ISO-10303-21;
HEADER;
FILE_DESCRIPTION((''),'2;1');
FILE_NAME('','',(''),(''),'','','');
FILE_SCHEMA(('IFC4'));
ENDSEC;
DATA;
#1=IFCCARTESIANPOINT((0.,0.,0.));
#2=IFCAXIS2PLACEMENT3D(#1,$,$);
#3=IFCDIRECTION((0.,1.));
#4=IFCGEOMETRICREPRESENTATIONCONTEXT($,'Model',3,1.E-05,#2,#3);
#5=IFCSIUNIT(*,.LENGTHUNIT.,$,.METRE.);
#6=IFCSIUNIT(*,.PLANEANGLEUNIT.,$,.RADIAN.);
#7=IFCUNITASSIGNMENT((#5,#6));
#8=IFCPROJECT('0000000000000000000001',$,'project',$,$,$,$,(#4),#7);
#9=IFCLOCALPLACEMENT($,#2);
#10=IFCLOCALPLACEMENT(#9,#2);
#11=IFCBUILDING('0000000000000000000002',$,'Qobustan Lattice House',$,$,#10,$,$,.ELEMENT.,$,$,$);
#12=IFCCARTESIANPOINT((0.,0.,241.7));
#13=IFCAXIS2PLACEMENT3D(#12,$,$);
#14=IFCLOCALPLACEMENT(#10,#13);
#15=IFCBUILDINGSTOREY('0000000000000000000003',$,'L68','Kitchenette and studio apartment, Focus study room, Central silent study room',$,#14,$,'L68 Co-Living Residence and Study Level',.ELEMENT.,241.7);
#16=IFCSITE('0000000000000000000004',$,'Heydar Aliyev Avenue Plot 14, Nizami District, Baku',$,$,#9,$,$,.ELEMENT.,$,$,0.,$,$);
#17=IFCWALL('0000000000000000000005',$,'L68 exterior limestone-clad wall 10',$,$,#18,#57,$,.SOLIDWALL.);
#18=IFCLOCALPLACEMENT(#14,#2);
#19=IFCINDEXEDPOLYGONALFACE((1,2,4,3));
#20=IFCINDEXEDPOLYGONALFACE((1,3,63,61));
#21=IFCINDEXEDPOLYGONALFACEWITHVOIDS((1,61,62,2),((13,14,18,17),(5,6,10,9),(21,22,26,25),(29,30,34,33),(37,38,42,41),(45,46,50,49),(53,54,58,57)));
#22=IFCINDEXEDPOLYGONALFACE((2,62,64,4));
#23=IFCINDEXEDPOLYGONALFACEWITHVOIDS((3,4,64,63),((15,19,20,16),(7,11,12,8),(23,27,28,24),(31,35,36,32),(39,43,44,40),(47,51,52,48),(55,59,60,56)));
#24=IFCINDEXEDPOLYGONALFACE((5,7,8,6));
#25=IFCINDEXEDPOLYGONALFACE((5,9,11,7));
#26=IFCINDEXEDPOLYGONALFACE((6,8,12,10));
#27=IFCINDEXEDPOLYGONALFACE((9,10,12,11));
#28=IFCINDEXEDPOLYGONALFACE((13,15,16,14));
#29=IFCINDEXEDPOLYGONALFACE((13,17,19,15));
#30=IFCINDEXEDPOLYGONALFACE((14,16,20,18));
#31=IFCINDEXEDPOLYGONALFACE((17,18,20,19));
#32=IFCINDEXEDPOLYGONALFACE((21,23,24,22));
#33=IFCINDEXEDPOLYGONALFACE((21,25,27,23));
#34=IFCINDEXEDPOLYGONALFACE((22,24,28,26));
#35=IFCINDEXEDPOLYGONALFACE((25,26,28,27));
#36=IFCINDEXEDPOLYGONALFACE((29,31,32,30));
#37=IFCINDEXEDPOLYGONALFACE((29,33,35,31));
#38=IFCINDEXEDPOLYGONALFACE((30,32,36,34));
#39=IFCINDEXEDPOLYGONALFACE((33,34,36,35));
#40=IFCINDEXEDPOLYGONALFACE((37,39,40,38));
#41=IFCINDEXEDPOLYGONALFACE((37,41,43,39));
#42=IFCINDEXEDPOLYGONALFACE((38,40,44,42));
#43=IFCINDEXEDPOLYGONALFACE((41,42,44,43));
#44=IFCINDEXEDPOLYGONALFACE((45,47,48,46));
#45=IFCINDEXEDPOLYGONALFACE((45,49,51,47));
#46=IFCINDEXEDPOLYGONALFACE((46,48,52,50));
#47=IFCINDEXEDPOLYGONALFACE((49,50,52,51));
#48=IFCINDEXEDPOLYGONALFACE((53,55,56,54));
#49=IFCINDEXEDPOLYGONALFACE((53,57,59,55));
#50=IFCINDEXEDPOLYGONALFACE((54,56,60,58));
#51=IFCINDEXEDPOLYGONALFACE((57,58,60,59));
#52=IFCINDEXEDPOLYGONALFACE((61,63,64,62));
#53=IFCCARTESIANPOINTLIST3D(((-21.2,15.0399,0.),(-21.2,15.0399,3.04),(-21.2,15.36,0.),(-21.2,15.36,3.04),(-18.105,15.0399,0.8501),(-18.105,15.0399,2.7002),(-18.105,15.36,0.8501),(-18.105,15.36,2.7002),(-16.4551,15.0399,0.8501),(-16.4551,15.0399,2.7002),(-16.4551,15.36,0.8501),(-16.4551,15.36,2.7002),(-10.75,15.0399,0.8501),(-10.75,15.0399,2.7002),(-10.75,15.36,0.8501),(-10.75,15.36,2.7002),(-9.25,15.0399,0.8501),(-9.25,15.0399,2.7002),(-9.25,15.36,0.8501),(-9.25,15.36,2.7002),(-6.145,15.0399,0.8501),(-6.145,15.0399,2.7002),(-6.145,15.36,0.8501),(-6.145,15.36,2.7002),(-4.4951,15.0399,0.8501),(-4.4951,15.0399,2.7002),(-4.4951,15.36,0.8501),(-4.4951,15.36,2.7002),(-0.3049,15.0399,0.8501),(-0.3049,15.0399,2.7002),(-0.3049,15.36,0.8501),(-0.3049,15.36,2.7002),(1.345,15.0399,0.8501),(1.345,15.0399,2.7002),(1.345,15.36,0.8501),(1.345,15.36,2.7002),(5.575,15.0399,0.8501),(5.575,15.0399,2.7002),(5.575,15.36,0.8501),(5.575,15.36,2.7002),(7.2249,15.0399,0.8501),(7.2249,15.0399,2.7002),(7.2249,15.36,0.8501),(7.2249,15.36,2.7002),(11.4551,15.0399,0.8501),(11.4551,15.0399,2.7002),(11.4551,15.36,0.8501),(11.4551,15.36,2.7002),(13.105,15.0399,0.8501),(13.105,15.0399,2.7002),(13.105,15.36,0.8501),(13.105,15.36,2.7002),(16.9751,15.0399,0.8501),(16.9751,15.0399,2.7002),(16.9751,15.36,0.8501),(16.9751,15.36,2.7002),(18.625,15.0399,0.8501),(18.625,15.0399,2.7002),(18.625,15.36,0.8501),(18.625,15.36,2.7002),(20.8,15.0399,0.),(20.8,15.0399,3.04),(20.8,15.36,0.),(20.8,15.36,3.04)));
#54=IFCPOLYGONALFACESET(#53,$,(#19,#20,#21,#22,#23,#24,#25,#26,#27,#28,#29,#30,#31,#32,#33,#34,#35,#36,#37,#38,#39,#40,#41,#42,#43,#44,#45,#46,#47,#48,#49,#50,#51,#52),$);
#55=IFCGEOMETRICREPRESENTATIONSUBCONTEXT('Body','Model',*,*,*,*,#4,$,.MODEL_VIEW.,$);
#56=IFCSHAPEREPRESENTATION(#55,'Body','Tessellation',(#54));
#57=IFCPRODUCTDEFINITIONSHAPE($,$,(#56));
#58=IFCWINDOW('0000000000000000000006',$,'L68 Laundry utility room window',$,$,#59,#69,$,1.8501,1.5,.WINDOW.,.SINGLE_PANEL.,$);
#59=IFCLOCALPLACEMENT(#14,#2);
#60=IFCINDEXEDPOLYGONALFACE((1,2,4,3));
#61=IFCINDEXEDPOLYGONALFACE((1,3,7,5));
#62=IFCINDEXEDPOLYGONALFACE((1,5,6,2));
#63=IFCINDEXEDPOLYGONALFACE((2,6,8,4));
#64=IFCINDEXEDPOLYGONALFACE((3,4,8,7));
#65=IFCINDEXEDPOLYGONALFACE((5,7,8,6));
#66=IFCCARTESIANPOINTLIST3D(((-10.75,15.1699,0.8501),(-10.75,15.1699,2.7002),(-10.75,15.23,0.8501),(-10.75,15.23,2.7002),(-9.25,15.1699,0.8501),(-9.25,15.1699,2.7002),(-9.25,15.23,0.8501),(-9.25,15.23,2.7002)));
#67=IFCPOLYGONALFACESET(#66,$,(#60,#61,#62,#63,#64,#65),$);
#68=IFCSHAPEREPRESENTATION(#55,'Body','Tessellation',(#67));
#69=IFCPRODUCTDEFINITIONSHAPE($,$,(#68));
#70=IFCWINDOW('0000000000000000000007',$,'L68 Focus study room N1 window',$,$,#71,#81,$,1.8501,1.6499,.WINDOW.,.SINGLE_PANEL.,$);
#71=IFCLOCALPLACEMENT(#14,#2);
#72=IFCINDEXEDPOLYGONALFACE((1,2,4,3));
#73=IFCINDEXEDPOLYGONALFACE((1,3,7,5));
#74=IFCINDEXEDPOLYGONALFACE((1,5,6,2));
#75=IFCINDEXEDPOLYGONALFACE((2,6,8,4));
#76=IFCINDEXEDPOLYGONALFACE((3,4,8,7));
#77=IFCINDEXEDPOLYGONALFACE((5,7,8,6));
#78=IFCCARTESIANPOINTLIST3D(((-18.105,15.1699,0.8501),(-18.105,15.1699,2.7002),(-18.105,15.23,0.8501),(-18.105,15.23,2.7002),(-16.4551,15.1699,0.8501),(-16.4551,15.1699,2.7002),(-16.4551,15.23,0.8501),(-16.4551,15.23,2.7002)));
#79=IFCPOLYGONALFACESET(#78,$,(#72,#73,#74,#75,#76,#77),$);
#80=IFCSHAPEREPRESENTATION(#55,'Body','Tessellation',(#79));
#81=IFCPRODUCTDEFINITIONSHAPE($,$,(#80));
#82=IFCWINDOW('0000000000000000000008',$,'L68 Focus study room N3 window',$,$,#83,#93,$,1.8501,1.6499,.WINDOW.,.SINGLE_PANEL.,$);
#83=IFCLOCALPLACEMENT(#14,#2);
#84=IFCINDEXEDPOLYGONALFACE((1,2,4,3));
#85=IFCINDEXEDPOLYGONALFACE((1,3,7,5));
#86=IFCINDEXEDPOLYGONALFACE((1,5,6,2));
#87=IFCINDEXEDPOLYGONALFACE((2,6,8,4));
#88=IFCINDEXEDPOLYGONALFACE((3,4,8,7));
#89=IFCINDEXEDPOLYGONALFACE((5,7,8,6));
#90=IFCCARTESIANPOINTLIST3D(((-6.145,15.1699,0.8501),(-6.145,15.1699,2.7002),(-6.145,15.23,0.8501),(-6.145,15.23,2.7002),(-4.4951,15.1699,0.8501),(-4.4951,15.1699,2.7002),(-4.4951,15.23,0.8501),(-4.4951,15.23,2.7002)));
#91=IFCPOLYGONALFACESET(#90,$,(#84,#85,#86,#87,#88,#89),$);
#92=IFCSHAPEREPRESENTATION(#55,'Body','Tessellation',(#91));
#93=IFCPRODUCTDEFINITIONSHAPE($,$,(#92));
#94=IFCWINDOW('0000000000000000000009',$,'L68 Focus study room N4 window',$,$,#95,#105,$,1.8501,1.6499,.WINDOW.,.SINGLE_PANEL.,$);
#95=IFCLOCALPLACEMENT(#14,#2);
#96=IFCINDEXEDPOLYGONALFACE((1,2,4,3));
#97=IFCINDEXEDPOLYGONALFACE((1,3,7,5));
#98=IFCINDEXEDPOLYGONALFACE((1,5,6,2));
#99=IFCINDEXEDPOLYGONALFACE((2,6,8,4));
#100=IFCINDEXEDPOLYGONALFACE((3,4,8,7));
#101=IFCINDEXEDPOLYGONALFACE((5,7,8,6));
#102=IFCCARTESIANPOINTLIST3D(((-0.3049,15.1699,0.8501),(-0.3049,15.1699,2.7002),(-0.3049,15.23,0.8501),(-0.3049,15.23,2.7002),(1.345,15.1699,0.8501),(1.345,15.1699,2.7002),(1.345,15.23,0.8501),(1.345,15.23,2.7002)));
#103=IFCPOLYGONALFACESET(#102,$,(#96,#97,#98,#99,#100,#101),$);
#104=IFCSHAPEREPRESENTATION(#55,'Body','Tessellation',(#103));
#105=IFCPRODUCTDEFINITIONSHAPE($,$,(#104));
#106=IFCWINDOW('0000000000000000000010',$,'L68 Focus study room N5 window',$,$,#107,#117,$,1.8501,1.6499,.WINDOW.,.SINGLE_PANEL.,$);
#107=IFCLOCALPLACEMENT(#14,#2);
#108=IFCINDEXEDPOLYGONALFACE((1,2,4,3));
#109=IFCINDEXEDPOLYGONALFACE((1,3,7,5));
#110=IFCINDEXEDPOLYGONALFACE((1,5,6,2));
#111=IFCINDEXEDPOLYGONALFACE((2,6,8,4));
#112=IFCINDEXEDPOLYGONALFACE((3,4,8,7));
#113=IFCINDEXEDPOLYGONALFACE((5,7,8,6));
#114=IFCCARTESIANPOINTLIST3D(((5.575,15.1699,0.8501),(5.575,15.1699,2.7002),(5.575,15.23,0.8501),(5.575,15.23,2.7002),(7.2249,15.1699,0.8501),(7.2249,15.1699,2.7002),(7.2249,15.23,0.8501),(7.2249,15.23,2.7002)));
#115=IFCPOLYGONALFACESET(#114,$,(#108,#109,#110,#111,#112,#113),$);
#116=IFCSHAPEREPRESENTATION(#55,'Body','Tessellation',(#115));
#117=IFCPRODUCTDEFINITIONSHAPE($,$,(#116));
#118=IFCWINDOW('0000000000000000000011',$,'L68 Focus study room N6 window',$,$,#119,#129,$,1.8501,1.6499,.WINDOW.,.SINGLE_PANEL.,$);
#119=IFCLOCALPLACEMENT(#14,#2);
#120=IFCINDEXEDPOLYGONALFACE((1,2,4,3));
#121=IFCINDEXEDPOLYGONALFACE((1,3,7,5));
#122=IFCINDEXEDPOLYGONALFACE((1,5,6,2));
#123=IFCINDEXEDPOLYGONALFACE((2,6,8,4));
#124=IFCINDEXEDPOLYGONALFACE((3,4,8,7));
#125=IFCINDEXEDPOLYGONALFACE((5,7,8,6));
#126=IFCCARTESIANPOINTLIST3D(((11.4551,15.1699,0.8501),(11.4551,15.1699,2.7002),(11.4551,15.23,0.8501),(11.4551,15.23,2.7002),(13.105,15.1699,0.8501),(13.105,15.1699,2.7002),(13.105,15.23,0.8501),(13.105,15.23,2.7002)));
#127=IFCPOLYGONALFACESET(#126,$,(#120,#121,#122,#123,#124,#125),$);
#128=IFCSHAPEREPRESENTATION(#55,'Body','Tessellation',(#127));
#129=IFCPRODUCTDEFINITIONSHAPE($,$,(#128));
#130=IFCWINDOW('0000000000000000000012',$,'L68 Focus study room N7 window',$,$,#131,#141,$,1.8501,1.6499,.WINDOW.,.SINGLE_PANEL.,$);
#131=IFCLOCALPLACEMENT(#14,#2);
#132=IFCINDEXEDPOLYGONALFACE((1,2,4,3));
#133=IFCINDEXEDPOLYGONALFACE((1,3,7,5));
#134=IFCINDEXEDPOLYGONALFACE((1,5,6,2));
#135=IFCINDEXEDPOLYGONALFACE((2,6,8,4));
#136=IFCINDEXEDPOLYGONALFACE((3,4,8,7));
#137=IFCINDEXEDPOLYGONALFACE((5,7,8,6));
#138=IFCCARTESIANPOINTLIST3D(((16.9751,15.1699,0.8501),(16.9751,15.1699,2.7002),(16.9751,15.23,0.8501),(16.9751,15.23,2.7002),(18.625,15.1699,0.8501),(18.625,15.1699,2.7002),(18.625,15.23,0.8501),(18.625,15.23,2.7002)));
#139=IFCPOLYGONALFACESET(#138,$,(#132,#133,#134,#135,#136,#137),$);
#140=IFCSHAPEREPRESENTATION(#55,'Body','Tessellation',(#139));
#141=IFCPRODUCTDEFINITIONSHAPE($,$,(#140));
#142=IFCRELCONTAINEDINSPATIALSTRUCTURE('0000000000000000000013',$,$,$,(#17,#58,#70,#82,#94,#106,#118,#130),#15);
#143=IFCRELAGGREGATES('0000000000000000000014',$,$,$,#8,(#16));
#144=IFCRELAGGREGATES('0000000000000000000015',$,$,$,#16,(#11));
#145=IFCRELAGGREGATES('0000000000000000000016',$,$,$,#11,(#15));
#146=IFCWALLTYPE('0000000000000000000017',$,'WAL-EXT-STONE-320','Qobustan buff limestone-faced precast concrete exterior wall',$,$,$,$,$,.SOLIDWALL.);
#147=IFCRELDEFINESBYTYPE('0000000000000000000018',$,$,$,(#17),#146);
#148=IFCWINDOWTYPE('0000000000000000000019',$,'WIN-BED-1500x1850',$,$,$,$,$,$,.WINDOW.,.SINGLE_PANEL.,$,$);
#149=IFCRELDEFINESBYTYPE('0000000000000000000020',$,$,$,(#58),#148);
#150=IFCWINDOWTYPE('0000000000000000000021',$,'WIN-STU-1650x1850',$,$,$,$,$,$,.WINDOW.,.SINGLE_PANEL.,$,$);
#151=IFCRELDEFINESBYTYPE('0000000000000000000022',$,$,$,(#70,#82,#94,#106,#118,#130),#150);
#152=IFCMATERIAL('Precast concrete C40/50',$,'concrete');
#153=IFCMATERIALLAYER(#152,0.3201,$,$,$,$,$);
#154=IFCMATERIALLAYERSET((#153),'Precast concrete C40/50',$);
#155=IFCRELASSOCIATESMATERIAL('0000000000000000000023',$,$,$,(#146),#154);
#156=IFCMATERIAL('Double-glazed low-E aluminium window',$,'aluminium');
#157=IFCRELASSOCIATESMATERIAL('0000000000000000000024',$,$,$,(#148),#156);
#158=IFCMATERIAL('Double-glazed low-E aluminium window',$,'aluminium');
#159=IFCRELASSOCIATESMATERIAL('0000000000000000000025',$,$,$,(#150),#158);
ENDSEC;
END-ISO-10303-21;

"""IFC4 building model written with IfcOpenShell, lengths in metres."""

from ifc_helpers import new_model, si_unit, direction, frame, frame_2d, origin, place, context, subcontext, project, spatial, rectangle, extrude, material, layer, layer_set, type_object, element, fill, save


model = new_model("IFC4")

# Units and contexts
model_context = context("Model", 3, precision=1e-05, world=origin(), true_north=direction((0.0, 1.0)))
body_context = subcontext(model_context, "Body", "Model", "MODEL_VIEW")
ifc_project = project(units=[si_unit("LENGTHUNIT", "METRE"), si_unit("PLANEANGLEUNIT", "RADIAN")], contexts=[model_context])

# Site, building, storey
site_placement = place(None, origin())
site = spatial("IfcSite", under=ifc_project, at=site_placement, Name="Heydar Aliyev Avenue Plot 14, Nizami District, Baku", CompositionType="ELEMENT", RefElevation=0.0)
building_placement = place(site_placement, origin())
building = spatial("IfcBuilding", under=site, at=building_placement, Name="Qobustan Lattice House", CompositionType="ELEMENT")
storey_placement = place(building_placement, frame((0.0, 0.0, 241.7)))
storey = spatial("IfcBuildingStorey", under=building, at=storey_placement, Name="L68", Description="Kitchenette and studio apartment, Focus study room, Central silent study room", LongName="L68 Co-Living Residence and Study Level", CompositionType="ELEMENT", Elevation=241.7)

# Shared definitions
ifc_material_1 = material(Name="Precast concrete C40/50", Category="concrete")
ifc_layer_1 = layer(ifc_material_1, 0.3201)
ifc_layer_set_1 = layer_set([ifc_layer_1], Name="Precast concrete C40/50")
wall_type_1 = type_object("IfcWallType", Name="WAL-EXT-STONE-320", Description="Qobustan buff limestone-faced precast concrete exterior wall", PredefinedType="SOLIDWALL", material=ifc_layer_set_1)

# Wall, openings, windows
wall_1_placement = place(storey_placement, frame((-21.2, 15.2, 0.0), z_axis=(0.0, 0.0, 1.0), x_axis=(1.0, 0.0, 0.0)))
wall_1 = element("IfcWall", 1, at=wall_1_placement, inside=storey, type_object=wall_type_1, Name="L68 exterior limestone-clad wall 10", PredefinedType="SOLIDWALL", context=body_context, shape_type="SweptSolid", body=[
    extrude(rectangle(XDim=42.0, YDim=0.3201, at=frame_2d((21.0, 0.0))), origin(), (0.0, 0.0, 1.0), 3.04),
])
opening_1_placement = place(wall_1_placement, frame((3.095, 0.0, 0.8501)))
opening_1 = element("IfcOpeningElement", 2, at=opening_1_placement, cuts=wall_1, PredefinedType="OPENING", context=body_context, shape_type="SweptSolid", body=[
    extrude(rectangle(XDim=1.6499, YDim=1.8501, at=frame_2d((0.825, 0.925))), frame((0.0, 0.1699, 0.0), z_axis=(0.0, -1.0, 0.0), x_axis=(1.0, 0.0, 0.0)), (0.0, 0.0, 1.0), 0.3401),
])
opening_2_placement = place(wall_1_placement, frame((10.45, 0.0, 0.8501)))
opening_2 = element("IfcOpeningElement", 3, at=opening_2_placement, cuts=wall_1, PredefinedType="OPENING", context=body_context, shape_type="SweptSolid", body=[
    extrude(rectangle(XDim=1.5, YDim=1.8501, at=frame_2d((0.75, 0.925))), frame((0.0, 0.1699, 0.0), z_axis=(0.0, -1.0, 0.0), x_axis=(1.0, 0.0, 0.0)), (0.0, 0.0, 1.0), 0.3401),
])
opening_3_placement = place(wall_1_placement, frame((15.0549, 0.0, 0.8501)))
opening_3 = element("IfcOpeningElement", 4, at=opening_3_placement, cuts=wall_1, PredefinedType="OPENING", context=body_context, shape_type="SweptSolid", body=[
    extrude(rectangle(XDim=1.6499, YDim=1.8501, at=frame_2d((0.825, 0.925))), frame((0.0, 0.1699, 0.0), z_axis=(0.0, -1.0, 0.0), x_axis=(1.0, 0.0, 0.0)), (0.0, 0.0, 1.0), 0.3401),
])
opening_4_placement = place(wall_1_placement, frame((20.895, 0.0, 0.8501)))
opening_4 = element("IfcOpeningElement", 5, at=opening_4_placement, cuts=wall_1, PredefinedType="OPENING", context=body_context, shape_type="SweptSolid", body=[
    extrude(rectangle(XDim=1.6499, YDim=1.8501, at=frame_2d((0.825, 0.925))), frame((0.0, 0.1699, 0.0), z_axis=(0.0, -1.0, 0.0), x_axis=(1.0, 0.0, 0.0)), (0.0, 0.0, 1.0), 0.3401),
])
opening_5_placement = place(wall_1_placement, frame((26.7749, 0.0, 0.8501)))
opening_5 = element("IfcOpeningElement", 6, at=opening_5_placement, cuts=wall_1, PredefinedType="OPENING", context=body_context, shape_type="SweptSolid", body=[
    extrude(rectangle(XDim=1.6499, YDim=1.8501, at=frame_2d((0.825, 0.925))), frame((0.0, 0.1699, 0.0), z_axis=(0.0, -1.0, 0.0), x_axis=(1.0, 0.0, 0.0)), (0.0, 0.0, 1.0), 0.3401),
])
opening_6_placement = place(wall_1_placement, frame((32.655, 0.0, 0.8501)))
opening_6 = element("IfcOpeningElement", 7, at=opening_6_placement, cuts=wall_1, PredefinedType="OPENING", context=body_context, shape_type="SweptSolid", body=[
    extrude(rectangle(XDim=1.6499, YDim=1.8501, at=frame_2d((0.825, 0.925))), frame((0.0, 0.1699, 0.0), z_axis=(0.0, -1.0, 0.0), x_axis=(1.0, 0.0, 0.0)), (0.0, 0.0, 1.0), 0.3401),
])
opening_7_placement = place(wall_1_placement, frame((38.175, 0.0, 0.8501)))
opening_7 = element("IfcOpeningElement", 8, at=opening_7_placement, cuts=wall_1, PredefinedType="OPENING", context=body_context, shape_type="SweptSolid", body=[
    extrude(rectangle(XDim=1.6499, YDim=1.8501, at=frame_2d((0.825, 0.925))), frame((0.0, 0.1699, 0.0), z_axis=(0.0, -1.0, 0.0), x_axis=(1.0, 0.0, 0.0)), (0.0, 0.0, 1.0), 0.3401),
])
ifc_material_2 = material(Name="Double-glazed low-E aluminium window", Category="aluminium")
window_type_1 = type_object("IfcWindowType", Name="WIN-BED-1500x1850", PartitioningType="SINGLE_PANEL", PredefinedType="WINDOW", material=ifc_material_2)
window_1_placement = place(opening_2_placement, origin())
window_1 = element("IfcWindow", 9, at=window_1_placement, inside=storey, type_object=window_type_1, Name="L68 Laundry utility room window", OverallHeight=1.8501, OverallWidth=1.5, PartitioningType="SINGLE_PANEL", PredefinedType="WINDOW", context=body_context, shape_type="SweptSolid", body=[
    extrude(rectangle(XDim=1.5, YDim=1.8501, at=frame_2d((0.75, 0.925))), frame((0.0, 0.03, 0.0), z_axis=(0.0, -1.0, 0.0), x_axis=(1.0, 0.0, 0.0)), (0.0, 0.0, 1.0), 0.0601),
])
fill(opening_2, window_1)
ifc_material_3 = material(Name="Double-glazed low-E aluminium window", Category="aluminium")
window_type_2 = type_object("IfcWindowType", Name="WIN-STU-1650x1850", PartitioningType="SINGLE_PANEL", PredefinedType="WINDOW", material=ifc_material_3)
window_2_placement = place(opening_1_placement, origin())
window_2 = element("IfcWindow", 10, at=window_2_placement, inside=storey, type_object=window_type_2, Name="L68 Focus study room N1 window", OverallHeight=1.8501, OverallWidth=1.6499, PartitioningType="SINGLE_PANEL", PredefinedType="WINDOW", context=body_context, shape_type="SweptSolid", body=[
    extrude(rectangle(XDim=1.6499, YDim=1.8501, at=frame_2d((0.825, 0.925))), frame((0.0, 0.03, 0.0), z_axis=(0.0, -1.0, 0.0), x_axis=(1.0, 0.0, 0.0)), (0.0, 0.0, 1.0), 0.0601),
])
fill(opening_1, window_2)
window_3_placement = place(opening_3_placement, origin())
window_3 = element("IfcWindow", 11, at=window_3_placement, inside=storey, type_object=window_type_2, Name="L68 Focus study room N3 window", OverallHeight=1.8501, OverallWidth=1.6499, PartitioningType="SINGLE_PANEL", PredefinedType="WINDOW", context=body_context, shape_type="SweptSolid", body=[
    extrude(rectangle(XDim=1.6499, YDim=1.8501, at=frame_2d((0.825, 0.925))), frame((0.0, 0.03, 0.0), z_axis=(0.0, -1.0, 0.0), x_axis=(1.0, 0.0, 0.0)), (0.0, 0.0, 1.0), 0.0601),
])
fill(opening_3, window_3)
window_4_placement = place(opening_4_placement, origin())
window_4 = element("IfcWindow", 12, at=window_4_placement, inside=storey, type_object=window_type_2, Name="L68 Focus study room N4 window", OverallHeight=1.8501, OverallWidth=1.6499, PartitioningType="SINGLE_PANEL", PredefinedType="WINDOW", context=body_context, shape_type="SweptSolid", body=[
    extrude(rectangle(XDim=1.6499, YDim=1.8501, at=frame_2d((0.825, 0.925))), frame((0.0, 0.03, 0.0), z_axis=(0.0, -1.0, 0.0), x_axis=(1.0, 0.0, 0.0)), (0.0, 0.0, 1.0), 0.0601),
])
fill(opening_4, window_4)
window_5_placement = place(opening_5_placement, origin())
window_5 = element("IfcWindow", 13, at=window_5_placement, inside=storey, type_object=window_type_2, Name="L68 Focus study room N5 window", OverallHeight=1.8501, OverallWidth=1.6499, PartitioningType="SINGLE_PANEL", PredefinedType="WINDOW", context=body_context, shape_type="SweptSolid", body=[
    extrude(rectangle(XDim=1.6499, YDim=1.8501, at=frame_2d((0.825, 0.925))), frame((0.0, 0.03, 0.0), z_axis=(0.0, -1.0, 0.0), x_axis=(1.0, 0.0, 0.0)), (0.0, 0.0, 1.0), 0.0601),
])
fill(opening_5, window_5)
window_6_placement = place(opening_6_placement, origin())
window_6 = element("IfcWindow", 14, at=window_6_placement, inside=storey, type_object=window_type_2, Name="L68 Focus study room N6 window", OverallHeight=1.8501, OverallWidth=1.6499, PartitioningType="SINGLE_PANEL", PredefinedType="WINDOW", context=body_context, shape_type="SweptSolid", body=[
    extrude(rectangle(XDim=1.6499, YDim=1.8501, at=frame_2d((0.825, 0.925))), frame((0.0, 0.03, 0.0), z_axis=(0.0, -1.0, 0.0), x_axis=(1.0, 0.0, 0.0)), (0.0, 0.0, 1.0), 0.0601),
])
fill(opening_6, window_6)
window_7_placement = place(opening_7_placement, origin())
window_7 = element("IfcWindow", 15, at=window_7_placement, inside=storey, type_object=window_type_2, Name="L68 Focus study room N7 window", OverallHeight=1.8501, OverallWidth=1.6499, PartitioningType="SINGLE_PANEL", PredefinedType="WINDOW", context=body_context, shape_type="SweptSolid", body=[
    extrude(rectangle(XDim=1.6499, YDim=1.8501, at=frame_2d((0.825, 0.925))), frame((0.0, 0.03, 0.0), z_axis=(0.0, -1.0, 0.0), x_axis=(1.0, 0.0, 0.0)), (0.0, 0.0, 1.0), 0.0601),
])
fill(opening_7, window_7)

save(model, "model.ifc")
